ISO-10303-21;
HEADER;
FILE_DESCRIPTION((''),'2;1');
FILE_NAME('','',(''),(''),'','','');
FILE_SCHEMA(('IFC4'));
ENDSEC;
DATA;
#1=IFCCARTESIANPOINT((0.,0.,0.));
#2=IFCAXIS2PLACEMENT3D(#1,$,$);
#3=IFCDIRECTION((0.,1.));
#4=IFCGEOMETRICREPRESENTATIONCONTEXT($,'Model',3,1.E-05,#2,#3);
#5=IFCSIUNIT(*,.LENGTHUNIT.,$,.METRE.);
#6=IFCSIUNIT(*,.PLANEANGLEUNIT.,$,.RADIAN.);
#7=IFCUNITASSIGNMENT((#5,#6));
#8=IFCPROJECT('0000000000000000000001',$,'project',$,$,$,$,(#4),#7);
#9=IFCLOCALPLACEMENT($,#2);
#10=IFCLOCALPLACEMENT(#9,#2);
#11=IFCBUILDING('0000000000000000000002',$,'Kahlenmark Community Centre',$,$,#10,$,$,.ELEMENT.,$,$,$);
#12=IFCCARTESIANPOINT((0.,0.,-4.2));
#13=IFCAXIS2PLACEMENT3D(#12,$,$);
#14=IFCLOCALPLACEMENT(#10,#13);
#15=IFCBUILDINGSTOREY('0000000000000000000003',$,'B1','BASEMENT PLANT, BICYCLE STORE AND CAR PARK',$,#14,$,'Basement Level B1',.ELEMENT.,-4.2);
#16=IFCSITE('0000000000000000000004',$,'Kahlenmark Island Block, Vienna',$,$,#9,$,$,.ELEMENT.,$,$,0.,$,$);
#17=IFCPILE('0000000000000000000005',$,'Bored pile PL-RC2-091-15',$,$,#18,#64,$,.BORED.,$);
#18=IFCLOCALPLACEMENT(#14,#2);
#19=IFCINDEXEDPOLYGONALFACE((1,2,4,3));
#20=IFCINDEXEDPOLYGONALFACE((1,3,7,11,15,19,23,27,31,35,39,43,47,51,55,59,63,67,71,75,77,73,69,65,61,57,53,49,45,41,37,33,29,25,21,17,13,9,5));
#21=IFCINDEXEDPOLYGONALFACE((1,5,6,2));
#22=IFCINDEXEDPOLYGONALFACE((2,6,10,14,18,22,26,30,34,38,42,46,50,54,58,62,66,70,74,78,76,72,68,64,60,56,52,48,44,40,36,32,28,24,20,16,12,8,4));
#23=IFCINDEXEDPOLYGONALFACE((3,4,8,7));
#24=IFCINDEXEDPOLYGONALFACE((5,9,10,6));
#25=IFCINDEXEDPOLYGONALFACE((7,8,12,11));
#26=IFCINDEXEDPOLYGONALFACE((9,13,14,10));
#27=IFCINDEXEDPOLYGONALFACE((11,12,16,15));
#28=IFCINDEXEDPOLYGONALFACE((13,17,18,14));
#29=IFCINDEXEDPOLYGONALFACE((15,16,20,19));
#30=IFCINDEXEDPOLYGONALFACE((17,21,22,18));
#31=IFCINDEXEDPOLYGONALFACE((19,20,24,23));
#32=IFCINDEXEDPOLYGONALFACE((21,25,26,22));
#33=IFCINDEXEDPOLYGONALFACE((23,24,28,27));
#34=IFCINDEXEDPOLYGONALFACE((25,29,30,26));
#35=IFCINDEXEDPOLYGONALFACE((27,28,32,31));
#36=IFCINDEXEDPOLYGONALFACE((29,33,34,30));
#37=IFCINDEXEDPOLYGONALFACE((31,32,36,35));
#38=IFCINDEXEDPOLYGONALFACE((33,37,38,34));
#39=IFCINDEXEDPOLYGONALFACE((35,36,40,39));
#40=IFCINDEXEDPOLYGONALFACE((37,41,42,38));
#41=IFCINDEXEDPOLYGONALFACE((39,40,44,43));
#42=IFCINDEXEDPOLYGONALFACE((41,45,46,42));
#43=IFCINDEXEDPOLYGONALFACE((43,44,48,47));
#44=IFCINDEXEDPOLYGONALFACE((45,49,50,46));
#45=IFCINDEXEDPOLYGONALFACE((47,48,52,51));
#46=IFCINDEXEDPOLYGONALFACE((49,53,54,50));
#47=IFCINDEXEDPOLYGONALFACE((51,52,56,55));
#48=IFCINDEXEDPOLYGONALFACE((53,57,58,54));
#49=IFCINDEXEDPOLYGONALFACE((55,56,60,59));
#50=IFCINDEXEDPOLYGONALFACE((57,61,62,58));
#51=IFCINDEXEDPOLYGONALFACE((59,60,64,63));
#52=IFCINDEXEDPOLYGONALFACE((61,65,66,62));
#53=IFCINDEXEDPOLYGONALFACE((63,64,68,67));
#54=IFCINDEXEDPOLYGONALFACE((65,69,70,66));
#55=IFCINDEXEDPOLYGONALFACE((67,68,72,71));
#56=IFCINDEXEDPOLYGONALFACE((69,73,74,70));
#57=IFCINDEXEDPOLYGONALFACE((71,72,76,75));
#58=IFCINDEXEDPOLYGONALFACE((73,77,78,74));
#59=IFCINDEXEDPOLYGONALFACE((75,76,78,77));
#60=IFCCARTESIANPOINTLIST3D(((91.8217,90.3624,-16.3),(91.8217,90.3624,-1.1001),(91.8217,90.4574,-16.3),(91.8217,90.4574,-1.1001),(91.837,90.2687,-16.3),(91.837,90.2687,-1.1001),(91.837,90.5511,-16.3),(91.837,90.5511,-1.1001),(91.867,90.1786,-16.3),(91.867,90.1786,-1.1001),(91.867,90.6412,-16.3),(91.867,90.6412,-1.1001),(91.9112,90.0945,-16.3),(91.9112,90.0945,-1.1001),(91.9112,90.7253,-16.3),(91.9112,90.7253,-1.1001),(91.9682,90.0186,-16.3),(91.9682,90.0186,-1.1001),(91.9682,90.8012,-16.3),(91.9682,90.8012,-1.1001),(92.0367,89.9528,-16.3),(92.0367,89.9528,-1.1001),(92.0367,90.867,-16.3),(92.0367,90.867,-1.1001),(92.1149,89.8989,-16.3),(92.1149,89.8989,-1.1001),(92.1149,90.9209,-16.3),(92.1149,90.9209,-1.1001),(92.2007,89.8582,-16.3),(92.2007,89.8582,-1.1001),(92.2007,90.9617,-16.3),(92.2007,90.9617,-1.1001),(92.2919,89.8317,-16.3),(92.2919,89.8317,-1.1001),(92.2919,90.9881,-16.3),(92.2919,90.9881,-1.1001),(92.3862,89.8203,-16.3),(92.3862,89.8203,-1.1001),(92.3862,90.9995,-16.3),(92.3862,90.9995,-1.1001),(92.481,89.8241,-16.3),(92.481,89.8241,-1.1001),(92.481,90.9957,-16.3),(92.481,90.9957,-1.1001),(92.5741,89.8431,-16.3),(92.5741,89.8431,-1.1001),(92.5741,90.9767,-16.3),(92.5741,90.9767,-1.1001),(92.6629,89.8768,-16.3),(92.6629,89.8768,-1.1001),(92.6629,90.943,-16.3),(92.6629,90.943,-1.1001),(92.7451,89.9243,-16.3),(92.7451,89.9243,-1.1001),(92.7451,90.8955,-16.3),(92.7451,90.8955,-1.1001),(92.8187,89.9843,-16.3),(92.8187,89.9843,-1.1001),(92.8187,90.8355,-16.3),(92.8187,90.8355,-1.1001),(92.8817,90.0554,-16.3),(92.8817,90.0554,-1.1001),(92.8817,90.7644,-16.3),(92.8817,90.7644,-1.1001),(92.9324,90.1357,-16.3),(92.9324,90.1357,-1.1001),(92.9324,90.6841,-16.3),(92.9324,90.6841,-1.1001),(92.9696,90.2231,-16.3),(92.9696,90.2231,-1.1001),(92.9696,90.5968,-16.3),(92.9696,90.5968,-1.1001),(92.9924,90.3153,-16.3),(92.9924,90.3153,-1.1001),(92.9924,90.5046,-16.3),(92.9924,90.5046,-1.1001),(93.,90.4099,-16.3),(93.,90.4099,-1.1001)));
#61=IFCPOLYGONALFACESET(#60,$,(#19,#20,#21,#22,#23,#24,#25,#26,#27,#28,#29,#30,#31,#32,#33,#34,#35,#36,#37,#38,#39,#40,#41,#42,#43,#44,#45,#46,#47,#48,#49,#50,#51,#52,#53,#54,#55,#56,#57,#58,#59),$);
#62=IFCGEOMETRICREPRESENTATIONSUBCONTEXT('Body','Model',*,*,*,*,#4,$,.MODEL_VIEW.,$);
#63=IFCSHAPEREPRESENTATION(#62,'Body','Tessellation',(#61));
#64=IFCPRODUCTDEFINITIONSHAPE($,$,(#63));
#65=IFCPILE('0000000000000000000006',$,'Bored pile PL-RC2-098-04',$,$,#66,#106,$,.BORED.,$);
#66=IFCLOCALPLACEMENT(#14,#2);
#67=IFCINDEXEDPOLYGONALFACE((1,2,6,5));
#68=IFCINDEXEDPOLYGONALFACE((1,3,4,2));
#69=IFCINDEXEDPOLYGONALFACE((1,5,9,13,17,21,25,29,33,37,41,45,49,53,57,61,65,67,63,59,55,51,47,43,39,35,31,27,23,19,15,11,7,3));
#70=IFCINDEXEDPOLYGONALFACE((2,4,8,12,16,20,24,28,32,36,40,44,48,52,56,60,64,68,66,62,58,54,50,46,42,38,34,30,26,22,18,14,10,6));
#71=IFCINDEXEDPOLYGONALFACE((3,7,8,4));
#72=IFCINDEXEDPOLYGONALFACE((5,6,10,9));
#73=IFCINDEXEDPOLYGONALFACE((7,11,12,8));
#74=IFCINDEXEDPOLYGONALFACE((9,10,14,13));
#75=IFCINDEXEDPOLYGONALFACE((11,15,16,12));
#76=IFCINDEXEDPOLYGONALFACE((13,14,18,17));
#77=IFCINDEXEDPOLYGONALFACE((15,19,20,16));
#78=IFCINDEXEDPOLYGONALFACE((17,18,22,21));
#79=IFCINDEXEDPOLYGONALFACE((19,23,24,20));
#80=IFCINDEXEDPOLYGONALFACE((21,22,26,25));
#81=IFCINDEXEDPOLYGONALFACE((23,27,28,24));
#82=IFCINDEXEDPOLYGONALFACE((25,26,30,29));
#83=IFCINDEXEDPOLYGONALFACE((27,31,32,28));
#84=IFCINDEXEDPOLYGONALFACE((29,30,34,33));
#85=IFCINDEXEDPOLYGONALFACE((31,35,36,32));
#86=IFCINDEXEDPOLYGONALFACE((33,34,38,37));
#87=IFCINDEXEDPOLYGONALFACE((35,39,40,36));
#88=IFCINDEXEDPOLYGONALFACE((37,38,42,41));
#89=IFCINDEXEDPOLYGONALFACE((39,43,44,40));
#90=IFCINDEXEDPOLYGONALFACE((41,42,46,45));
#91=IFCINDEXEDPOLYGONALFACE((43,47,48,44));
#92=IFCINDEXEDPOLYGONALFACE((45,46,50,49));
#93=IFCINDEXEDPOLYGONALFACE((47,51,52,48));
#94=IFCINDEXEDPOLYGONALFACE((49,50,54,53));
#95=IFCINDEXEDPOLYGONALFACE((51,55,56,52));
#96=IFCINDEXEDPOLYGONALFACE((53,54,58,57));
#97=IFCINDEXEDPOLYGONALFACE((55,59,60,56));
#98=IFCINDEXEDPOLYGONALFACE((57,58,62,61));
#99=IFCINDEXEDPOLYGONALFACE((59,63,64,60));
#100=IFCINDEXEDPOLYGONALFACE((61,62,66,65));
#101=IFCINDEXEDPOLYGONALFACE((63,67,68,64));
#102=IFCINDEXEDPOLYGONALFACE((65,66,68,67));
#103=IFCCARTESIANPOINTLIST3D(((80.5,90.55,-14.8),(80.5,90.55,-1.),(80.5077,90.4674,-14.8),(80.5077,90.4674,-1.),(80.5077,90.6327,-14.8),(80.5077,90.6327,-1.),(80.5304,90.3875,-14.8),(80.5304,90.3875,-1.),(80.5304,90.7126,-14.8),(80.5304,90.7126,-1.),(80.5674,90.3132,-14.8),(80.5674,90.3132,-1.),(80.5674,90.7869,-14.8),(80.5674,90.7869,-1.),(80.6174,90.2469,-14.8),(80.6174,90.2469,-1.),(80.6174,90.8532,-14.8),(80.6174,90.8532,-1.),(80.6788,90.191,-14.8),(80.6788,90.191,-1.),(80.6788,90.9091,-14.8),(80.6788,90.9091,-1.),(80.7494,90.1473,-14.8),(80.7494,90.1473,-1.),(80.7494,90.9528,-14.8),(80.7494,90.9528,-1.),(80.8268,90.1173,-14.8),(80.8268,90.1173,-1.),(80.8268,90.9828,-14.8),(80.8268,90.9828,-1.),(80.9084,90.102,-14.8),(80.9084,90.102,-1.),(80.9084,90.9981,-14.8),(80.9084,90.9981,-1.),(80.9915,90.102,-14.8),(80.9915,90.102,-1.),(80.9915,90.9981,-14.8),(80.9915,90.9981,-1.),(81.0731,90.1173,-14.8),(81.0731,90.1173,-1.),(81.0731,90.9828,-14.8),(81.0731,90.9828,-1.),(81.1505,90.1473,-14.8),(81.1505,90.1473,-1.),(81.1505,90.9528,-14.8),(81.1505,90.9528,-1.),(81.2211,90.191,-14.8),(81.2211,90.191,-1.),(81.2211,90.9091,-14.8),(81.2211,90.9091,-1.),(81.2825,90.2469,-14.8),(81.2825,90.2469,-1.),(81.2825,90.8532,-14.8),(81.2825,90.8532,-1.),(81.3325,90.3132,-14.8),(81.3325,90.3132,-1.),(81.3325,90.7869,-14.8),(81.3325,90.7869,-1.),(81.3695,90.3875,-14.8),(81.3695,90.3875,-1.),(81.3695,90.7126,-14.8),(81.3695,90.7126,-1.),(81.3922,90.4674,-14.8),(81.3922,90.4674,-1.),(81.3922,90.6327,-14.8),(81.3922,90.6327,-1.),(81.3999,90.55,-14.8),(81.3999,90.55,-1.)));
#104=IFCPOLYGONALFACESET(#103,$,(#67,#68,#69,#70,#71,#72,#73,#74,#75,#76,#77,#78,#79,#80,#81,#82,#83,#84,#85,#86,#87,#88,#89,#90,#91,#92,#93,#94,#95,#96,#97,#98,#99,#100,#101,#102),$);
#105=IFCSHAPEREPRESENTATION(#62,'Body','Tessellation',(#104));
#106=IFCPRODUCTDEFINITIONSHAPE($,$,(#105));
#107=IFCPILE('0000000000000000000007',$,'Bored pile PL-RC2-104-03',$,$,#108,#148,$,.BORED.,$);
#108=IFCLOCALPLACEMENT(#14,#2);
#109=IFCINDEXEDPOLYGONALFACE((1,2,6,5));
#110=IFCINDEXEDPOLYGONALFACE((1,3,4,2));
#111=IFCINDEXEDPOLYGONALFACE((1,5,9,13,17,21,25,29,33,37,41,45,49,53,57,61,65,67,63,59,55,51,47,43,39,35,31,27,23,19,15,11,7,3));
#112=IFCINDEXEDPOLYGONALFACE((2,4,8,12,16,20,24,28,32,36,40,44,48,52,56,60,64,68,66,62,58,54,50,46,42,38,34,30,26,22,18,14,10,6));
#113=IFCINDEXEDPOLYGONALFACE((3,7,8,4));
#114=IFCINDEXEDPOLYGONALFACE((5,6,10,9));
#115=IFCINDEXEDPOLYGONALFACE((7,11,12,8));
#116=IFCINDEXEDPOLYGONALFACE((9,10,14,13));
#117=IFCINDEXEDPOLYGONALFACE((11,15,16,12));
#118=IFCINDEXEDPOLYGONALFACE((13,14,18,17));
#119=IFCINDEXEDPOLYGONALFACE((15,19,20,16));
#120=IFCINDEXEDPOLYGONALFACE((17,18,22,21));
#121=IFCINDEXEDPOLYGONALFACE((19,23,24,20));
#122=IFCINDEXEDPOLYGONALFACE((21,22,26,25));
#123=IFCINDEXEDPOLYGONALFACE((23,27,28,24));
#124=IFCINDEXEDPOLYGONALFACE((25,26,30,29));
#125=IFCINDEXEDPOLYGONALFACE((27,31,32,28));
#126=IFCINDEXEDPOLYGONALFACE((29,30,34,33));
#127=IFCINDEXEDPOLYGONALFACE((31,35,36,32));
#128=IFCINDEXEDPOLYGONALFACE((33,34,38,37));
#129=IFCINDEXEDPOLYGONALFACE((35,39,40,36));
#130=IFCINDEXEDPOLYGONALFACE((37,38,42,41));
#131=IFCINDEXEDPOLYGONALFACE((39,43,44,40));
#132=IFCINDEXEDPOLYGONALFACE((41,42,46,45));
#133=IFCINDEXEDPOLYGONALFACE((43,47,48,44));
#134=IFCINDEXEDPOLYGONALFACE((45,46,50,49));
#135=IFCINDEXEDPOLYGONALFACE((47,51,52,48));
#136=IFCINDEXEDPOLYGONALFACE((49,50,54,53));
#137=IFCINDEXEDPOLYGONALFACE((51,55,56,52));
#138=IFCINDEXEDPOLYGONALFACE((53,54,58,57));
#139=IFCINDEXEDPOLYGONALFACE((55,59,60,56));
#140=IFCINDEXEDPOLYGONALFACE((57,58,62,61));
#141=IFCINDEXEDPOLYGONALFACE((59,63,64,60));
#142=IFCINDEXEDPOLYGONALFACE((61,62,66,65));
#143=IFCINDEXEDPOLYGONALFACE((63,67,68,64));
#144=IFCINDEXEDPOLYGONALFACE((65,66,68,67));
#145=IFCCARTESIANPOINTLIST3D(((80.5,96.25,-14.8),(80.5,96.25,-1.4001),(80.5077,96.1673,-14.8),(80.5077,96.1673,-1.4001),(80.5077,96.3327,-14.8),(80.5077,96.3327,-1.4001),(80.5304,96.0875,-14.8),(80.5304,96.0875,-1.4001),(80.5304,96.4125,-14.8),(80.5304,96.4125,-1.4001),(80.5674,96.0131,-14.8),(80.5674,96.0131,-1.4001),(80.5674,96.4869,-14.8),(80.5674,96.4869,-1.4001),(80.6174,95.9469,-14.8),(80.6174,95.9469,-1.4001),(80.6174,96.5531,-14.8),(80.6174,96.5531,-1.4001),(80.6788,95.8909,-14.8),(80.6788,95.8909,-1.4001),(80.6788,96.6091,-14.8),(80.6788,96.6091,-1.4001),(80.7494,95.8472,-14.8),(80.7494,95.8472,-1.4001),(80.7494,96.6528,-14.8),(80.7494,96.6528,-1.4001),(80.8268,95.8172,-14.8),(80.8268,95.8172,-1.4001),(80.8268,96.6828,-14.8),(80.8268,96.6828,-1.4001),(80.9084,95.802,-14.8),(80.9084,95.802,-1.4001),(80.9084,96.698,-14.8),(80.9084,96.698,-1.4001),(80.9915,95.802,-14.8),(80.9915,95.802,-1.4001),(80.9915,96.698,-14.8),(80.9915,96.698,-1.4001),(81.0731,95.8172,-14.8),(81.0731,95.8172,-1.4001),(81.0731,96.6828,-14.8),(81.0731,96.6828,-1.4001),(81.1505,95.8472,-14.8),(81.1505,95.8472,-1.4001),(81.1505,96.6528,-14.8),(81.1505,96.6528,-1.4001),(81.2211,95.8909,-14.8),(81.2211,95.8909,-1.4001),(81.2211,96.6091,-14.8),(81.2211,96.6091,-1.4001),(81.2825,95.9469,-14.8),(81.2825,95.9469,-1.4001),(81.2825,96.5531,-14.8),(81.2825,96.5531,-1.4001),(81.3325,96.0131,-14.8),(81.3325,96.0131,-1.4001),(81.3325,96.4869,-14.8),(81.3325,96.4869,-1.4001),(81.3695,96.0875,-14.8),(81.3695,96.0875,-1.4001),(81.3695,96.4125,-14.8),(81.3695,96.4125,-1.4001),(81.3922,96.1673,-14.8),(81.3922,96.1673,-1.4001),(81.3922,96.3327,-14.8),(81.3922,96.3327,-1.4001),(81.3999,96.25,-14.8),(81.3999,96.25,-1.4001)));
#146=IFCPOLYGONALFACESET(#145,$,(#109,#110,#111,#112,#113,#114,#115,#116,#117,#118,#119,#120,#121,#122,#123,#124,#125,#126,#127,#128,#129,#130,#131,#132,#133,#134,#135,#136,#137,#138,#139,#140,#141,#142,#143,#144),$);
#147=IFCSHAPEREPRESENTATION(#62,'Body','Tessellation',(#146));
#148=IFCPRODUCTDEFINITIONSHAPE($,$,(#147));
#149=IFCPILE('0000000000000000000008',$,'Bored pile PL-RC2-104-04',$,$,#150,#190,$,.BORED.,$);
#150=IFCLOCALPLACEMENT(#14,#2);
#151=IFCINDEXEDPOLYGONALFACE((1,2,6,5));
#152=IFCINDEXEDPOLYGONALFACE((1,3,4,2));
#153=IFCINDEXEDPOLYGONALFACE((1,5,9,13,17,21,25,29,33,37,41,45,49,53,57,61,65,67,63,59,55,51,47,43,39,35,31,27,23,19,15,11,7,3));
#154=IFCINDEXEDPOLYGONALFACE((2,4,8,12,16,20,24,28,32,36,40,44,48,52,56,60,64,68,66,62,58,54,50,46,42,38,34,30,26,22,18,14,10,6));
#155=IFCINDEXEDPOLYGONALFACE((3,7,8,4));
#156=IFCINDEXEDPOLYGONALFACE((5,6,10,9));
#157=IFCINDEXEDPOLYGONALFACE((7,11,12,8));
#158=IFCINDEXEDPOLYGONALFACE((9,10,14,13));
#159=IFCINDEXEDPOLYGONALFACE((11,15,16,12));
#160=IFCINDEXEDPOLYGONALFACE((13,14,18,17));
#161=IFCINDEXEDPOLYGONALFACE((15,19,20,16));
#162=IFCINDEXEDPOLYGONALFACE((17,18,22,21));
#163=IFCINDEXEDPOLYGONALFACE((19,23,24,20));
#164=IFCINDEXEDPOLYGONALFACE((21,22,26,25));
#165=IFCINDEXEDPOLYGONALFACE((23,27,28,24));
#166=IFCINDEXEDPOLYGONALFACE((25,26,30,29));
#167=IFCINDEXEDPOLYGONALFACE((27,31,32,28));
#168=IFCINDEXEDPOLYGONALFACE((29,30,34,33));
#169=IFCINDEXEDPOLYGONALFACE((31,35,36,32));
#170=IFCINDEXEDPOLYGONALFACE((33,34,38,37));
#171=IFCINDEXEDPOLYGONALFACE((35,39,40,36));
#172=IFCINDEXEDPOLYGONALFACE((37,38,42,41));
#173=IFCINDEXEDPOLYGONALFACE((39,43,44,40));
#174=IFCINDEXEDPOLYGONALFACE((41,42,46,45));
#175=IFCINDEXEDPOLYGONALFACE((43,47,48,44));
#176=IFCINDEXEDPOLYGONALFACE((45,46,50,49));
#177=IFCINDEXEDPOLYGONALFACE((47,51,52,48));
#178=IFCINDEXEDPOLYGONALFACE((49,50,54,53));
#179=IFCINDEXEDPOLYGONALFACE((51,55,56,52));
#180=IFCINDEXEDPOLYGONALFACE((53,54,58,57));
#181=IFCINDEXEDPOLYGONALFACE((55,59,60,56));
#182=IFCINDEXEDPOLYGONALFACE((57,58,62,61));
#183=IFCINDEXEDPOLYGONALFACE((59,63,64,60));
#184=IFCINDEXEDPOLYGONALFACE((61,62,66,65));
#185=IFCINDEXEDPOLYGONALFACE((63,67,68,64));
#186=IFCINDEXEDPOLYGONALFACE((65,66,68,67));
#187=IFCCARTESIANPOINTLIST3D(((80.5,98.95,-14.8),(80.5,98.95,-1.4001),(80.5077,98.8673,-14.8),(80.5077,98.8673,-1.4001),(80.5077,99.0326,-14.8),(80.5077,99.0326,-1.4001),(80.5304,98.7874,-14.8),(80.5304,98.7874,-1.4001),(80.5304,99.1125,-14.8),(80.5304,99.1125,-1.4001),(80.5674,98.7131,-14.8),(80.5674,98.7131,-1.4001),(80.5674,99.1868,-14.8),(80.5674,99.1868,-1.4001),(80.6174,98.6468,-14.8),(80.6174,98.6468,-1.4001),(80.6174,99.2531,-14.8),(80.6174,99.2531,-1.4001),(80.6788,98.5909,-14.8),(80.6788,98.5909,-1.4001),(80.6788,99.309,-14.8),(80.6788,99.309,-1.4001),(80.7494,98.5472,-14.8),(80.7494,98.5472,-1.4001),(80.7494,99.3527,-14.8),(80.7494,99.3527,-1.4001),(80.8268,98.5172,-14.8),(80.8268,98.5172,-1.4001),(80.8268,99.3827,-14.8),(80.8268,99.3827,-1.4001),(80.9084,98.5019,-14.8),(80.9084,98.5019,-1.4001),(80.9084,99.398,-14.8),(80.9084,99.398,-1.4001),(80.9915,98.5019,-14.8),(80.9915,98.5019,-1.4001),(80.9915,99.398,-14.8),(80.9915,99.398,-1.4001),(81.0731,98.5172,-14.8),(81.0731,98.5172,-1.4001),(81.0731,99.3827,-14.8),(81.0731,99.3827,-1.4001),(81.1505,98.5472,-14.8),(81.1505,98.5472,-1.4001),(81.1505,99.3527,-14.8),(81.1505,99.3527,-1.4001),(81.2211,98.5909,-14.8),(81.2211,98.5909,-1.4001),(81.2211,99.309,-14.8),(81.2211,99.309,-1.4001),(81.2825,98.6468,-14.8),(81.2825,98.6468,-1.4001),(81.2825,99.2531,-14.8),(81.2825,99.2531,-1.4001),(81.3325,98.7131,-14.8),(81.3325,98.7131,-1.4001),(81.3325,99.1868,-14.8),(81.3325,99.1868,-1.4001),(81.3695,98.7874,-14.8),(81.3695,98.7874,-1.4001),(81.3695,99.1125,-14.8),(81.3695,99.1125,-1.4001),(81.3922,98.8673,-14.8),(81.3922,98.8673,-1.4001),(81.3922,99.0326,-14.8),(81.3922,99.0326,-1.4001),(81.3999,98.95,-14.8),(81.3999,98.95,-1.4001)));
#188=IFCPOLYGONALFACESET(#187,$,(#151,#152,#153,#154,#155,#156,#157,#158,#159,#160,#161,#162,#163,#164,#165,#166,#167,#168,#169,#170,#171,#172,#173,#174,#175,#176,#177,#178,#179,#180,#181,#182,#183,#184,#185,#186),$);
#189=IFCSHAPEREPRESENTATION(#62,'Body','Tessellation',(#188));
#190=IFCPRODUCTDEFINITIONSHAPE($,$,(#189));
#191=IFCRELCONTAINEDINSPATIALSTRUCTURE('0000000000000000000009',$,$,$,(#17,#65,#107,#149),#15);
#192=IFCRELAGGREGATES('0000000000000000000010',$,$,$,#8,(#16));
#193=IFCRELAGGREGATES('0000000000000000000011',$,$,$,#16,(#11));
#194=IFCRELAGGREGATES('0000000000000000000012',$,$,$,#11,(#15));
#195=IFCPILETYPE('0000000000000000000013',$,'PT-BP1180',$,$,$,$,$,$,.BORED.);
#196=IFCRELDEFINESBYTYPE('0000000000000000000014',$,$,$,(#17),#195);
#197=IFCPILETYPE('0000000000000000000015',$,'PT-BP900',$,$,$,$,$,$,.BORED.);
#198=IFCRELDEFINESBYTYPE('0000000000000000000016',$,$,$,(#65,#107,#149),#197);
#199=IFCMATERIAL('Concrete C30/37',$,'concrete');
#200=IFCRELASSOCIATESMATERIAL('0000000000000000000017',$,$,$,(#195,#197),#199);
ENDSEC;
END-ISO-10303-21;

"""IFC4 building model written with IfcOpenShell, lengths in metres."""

from ifc_helpers import new_model, si_unit, direction, frame, origin, origin_2d, place, context, subcontext, project, spatial, circle, extrude, material, material_profile, profile_set, type_object, element, save


model = new_model("IFC4")

# Units and contexts
model_context = context("Model", 3, precision=1e-05, world=origin(), true_north=direction((0.0, 1.0)))
body_context = subcontext(model_context, "Body", "Model", "MODEL_VIEW")
ifc_project = project(units=[si_unit("LENGTHUNIT", "METRE"), si_unit("PLANEANGLEUNIT", "RADIAN")], contexts=[model_context])

# Site, building, storey
site_placement = place(None, origin())
site = spatial("IfcSite", under=ifc_project, at=site_placement, Name="Kahlenmark Island Block, Vienna", CompositionType="ELEMENT", RefElevation=0.0)
building_placement = place(site_placement, origin())
building = spatial("IfcBuilding", under=site, at=building_placement, Name="Kahlenmark Community Centre", CompositionType="ELEMENT")
storey_placement = place(building_placement, frame((0.0, 0.0, -4.2)))
storey = spatial("IfcBuildingStorey", under=building, at=storey_placement, Name="B1", Description="BASEMENT PLANT, BICYCLE STORE AND CAR PARK", LongName="Basement Level B1", CompositionType="ELEMENT", Elevation=-4.2)

# Shared definitions
ifc_material_1 = material(Name="Concrete C30/37", Category="concrete")

# Piles
ifc_material_profile_1 = material_profile(ifc_material_1, circle(Radius=0.5901, at=origin_2d()), Name="BORED PILE 1180")
ifc_profile_set_1 = profile_set([ifc_material_profile_1], Name="Concrete C30/37")
pile_type_1 = type_object("IfcPileType", Name="PT-BP1180", PredefinedType="BORED", material=ifc_profile_set_1)
for number, where, z_axis, x_axis, name in (
    (1, (92.4099, 90.4099, -1.1001), (0.0, 0.0, -1.0), (1.0, 0.0, 0.0), "Bored pile PL-RC2-091-15"),
):
    element("IfcPile", number, at=place(storey_placement, frame(where, z_axis=z_axis, x_axis=x_axis)), inside=storey, type_object=pile_type_1, Name=name, PredefinedType="BORED", context=body_context, shape_type="SweptSolid", body=[
        extrude(circle(Radius=0.5901, at=origin_2d()), origin(), (0.0, 0.0, 1.0), 15.2),
    ])
ifc_material_profile_2 = material_profile(ifc_material_1, circle(Radius=0.45, at=origin_2d()), Name="BORED PILE 900")
ifc_profile_set_2 = profile_set([ifc_material_profile_2], Name="Concrete C30/37")
pile_type_2 = type_object("IfcPileType", Name="PT-BP900", PredefinedType="BORED", material=ifc_profile_set_2)
pile_placement = place(storey_placement, frame((80.95, 90.55, -1.0), z_axis=(0.0, 0.0, -1.0), x_axis=(1.0, 0.0, 0.0)))
element("IfcPile", 2, at=pile_placement, inside=storey, type_object=pile_type_2, Name="Bored pile PL-RC2-098-04", PredefinedType="BORED", context=body_context, shape_type="SweptSolid", body=[
    extrude(circle(Radius=0.45, at=origin_2d()), origin(), (0.0, 0.0, 1.0), 13.8),
])
for number, where, z_axis, x_axis, name in (
    (3, (80.95, 96.25, -1.4001), (0.0, 0.0, -1.0), (1.0, 0.0, 0.0), "Bored pile PL-RC2-104-03"),
    (4, (80.95, 98.95, -1.4001), (0.0, 0.0, -1.0), (1.0, 0.0, 0.0), "Bored pile PL-RC2-104-04"),
):
    element("IfcPile", number, at=place(storey_placement, frame(where, z_axis=z_axis, x_axis=x_axis)), inside=storey, type_object=pile_type_2, Name=name, PredefinedType="BORED", context=body_context, shape_type="SweptSolid", body=[
        extrude(circle(Radius=0.45, at=origin_2d()), origin(), (0.0, 0.0, 1.0), 13.3999),
    ])

save(model, "model.ifc")
